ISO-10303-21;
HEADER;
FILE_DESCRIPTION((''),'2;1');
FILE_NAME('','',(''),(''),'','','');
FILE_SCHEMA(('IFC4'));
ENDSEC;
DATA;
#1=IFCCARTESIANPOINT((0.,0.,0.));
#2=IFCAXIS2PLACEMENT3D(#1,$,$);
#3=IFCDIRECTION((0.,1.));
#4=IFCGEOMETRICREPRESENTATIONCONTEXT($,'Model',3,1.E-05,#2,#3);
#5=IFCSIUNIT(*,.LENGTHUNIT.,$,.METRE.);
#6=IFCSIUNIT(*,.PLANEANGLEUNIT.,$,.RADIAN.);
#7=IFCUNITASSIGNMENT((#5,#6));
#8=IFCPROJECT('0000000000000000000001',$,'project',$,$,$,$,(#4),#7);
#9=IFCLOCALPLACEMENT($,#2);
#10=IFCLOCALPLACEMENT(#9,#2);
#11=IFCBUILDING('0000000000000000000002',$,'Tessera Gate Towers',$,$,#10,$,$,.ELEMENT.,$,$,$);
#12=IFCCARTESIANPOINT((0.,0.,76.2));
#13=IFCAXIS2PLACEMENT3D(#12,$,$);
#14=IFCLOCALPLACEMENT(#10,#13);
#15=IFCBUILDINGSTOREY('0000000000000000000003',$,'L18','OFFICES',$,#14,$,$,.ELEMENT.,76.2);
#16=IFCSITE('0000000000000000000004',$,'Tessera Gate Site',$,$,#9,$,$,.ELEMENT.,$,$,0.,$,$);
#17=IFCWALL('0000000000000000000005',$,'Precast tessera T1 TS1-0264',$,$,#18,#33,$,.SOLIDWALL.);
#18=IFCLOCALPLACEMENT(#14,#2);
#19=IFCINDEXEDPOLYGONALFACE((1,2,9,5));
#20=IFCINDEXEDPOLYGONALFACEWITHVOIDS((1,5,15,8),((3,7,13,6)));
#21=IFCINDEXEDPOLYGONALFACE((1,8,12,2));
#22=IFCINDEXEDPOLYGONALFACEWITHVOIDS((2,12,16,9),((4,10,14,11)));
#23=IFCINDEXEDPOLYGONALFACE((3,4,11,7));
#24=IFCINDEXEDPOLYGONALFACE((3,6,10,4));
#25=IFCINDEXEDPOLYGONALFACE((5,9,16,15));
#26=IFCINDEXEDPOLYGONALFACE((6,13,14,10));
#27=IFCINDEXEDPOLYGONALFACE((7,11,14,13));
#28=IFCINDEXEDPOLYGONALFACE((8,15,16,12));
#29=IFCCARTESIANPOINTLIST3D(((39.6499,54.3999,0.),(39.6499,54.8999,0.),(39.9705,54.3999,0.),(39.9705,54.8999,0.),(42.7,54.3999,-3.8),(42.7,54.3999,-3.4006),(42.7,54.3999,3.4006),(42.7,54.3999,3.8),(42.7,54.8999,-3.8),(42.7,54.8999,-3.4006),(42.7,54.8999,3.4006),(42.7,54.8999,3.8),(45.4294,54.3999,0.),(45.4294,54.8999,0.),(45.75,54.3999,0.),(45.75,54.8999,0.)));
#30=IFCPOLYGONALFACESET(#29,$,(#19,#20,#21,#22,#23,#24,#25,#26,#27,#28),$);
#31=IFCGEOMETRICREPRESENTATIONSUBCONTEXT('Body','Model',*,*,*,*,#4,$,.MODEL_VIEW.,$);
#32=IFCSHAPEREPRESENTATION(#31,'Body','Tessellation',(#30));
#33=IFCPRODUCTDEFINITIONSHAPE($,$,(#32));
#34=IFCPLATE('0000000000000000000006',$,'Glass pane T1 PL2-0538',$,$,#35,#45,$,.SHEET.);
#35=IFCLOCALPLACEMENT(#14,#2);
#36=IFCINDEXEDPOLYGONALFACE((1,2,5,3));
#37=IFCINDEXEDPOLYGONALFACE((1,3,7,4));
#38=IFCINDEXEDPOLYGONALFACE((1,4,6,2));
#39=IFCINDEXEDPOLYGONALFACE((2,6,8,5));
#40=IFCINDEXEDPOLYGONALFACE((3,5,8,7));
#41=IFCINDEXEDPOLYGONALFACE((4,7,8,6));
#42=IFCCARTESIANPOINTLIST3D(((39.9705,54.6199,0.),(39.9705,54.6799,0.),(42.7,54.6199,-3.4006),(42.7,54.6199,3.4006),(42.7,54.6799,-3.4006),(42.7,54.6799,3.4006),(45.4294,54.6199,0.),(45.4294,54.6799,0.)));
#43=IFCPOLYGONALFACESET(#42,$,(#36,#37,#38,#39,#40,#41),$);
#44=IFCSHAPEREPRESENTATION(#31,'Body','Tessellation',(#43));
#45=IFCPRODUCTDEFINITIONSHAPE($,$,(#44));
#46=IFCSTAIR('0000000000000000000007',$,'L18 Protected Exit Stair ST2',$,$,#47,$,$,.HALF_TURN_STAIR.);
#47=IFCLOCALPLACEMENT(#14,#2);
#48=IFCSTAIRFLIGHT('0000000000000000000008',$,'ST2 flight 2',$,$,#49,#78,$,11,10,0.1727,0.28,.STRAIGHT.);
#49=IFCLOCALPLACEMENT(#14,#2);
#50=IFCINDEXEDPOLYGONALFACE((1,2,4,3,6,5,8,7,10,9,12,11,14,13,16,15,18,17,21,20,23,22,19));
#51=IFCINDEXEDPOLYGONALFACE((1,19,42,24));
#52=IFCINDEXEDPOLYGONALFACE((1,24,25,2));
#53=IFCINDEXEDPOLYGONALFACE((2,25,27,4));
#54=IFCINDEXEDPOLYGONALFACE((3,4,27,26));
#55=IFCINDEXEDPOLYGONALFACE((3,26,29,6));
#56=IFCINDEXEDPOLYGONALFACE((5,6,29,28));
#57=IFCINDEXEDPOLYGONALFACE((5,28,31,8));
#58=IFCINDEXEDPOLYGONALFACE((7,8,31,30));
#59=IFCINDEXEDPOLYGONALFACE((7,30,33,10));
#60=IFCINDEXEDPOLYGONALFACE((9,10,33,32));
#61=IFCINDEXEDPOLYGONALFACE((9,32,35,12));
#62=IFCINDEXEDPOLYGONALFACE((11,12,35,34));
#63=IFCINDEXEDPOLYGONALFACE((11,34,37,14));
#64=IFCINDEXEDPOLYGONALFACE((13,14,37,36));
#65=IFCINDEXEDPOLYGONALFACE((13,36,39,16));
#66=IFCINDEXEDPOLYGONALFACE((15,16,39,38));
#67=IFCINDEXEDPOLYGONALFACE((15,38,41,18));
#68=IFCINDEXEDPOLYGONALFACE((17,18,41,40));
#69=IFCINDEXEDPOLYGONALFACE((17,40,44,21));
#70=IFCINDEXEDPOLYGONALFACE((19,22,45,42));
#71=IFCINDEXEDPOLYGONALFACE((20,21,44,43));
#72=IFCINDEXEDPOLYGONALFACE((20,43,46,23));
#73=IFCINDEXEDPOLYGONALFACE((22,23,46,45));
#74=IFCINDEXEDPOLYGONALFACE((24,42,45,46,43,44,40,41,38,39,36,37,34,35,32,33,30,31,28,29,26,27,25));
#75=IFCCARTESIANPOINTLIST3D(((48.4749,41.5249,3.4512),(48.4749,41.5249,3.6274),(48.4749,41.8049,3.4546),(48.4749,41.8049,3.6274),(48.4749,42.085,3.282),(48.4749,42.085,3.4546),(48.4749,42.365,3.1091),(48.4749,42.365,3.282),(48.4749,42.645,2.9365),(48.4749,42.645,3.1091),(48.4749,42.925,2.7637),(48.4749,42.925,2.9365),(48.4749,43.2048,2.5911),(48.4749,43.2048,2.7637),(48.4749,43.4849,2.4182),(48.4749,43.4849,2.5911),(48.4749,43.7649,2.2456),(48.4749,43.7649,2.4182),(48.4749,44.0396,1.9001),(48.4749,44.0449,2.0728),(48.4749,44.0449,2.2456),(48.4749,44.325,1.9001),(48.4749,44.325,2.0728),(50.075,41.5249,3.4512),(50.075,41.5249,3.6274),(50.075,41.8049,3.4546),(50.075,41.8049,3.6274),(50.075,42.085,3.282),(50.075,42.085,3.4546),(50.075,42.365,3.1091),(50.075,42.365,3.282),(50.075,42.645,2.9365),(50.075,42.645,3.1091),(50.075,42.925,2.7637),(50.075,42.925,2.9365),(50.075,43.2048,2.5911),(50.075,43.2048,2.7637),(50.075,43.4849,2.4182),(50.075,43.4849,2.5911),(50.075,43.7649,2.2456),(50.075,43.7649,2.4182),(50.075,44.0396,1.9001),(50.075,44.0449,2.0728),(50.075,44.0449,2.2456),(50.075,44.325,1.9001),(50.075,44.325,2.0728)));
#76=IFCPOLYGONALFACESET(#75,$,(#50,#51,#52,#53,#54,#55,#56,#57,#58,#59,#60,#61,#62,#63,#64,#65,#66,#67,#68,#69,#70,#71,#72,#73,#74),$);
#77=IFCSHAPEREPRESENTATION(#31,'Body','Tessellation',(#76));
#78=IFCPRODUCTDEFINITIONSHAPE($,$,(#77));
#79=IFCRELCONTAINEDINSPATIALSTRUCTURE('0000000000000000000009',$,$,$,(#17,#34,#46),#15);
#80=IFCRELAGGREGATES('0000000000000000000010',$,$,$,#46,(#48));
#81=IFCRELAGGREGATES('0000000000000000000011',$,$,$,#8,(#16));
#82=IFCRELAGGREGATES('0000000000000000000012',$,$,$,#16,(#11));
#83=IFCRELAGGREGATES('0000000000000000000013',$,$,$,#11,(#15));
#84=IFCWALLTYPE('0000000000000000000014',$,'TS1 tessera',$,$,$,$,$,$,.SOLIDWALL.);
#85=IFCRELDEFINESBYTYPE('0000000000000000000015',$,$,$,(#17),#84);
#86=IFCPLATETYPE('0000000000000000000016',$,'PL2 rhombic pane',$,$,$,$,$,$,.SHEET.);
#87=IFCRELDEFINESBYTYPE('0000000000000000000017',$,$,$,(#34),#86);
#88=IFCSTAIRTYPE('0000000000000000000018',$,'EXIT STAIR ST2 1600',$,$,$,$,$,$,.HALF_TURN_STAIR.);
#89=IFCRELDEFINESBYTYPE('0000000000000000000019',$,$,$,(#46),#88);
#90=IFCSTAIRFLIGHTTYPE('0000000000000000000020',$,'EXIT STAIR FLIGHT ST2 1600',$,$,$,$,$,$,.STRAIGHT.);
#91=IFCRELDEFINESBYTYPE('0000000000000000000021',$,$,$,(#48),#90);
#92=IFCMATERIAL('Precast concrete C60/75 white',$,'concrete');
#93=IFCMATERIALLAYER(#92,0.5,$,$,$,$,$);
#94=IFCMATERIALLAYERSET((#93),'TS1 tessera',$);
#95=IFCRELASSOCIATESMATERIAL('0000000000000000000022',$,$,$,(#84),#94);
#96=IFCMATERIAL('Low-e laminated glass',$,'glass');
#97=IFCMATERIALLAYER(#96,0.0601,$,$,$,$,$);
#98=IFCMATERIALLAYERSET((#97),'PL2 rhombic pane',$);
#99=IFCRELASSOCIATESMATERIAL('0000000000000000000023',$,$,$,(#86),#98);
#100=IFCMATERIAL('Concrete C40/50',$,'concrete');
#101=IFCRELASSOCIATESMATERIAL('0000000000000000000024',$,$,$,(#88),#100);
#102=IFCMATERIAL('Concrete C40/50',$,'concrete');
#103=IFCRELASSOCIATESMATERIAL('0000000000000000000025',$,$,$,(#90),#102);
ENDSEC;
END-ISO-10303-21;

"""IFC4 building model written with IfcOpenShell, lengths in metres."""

from ifc_helpers import new_model, si_unit, direction, frame, origin, place, context, subcontext, project, spatial, polyline, outline, extrude, source, transform, mapped, material, layer, layer_set, type_object, element, fill, aggregate, save


model = new_model("IFC4")

# Units and contexts
model_context = context("Model", 3, precision=1e-05, world=origin(), true_north=direction((0.0, 1.0)))
body_context = subcontext(model_context, "Body", "Model", "MODEL_VIEW")
ifc_project = project(units=[si_unit("LENGTHUNIT", "METRE"), si_unit("PLANEANGLEUNIT", "RADIAN")], contexts=[model_context])

# Site, building, storey
site_placement = place(None, origin())
site = spatial("IfcSite", under=ifc_project, at=site_placement, Name="Tessera Gate Site", CompositionType="ELEMENT", RefElevation=0.0)
building_placement = place(site_placement, origin())
building = spatial("IfcBuilding", under=site, at=building_placement, Name="Tessera Gate Towers", CompositionType="ELEMENT")
storey_placement = place(building_placement, frame((0.0, 0.0, 76.2)))
storey = spatial("IfcBuildingStorey", under=building, at=storey_placement, Name="L18", Description="OFFICES", CompositionType="ELEMENT", Elevation=76.2)

# Wall, opening, plate
ifc_material_1 = material(Name="Precast concrete C60/75 white", Category="concrete")
ifc_layer_1 = layer(ifc_material_1, 0.5)
ifc_layer_set_1 = layer_set([ifc_layer_1], Name="TS1 tessera")
wall_type_1 = type_object("IfcWallType", Name="TS1 tessera", PredefinedType="SOLIDWALL", material=ifc_layer_set_1)
shared_shape_1 = source(origin(), body_context, "Body", "SweptSolid", [
    extrude(outline(polyline([(3.05, 0.0), (6.1001, 3.8), (3.05, 7.6001), (0.0, 3.8), (3.05, 0.0)])), frame((0.0, 0.25, 0.0), z_axis=(0.0, -1.0, 0.0), x_axis=(1.0, 0.0, 0.0)), (0.0, 0.0, 1.0), 0.5),
])
wall_1_placement = place(storey_placement, frame((45.75, 54.6499, -3.8), z_axis=(0.0, 0.0, 1.0), x_axis=(-1.0, 0.0, 0.0)))
wall_1 = element("IfcWall", 1, at=wall_1_placement, inside=storey, type_object=wall_type_1, Name="Precast tessera T1 TS1-0264", PredefinedType="SOLIDWALL", context=body_context, shape_type="MappedRepresentation", body=[
    mapped(shared_shape_1, transform((0.0, 0.0, 0.0), scale=1.0)),
])
shared_shape_2 = source(origin(), body_context, "Body", "SweptSolid", [
    extrude(outline(polyline([(3.05, 0.3994), (5.7795, 3.8), (3.05, 7.2007), (0.3206, 3.8), (3.05, 0.3994)])), frame((0.0, 0.26, 0.0), z_axis=(0.0, -1.0, 0.0), x_axis=(1.0, 0.0, 0.0)), (0.0, 0.0, 1.0), 0.52),
])
opening_1_placement = place(wall_1_placement, origin())
opening_1 = element("IfcOpeningElement", 2, at=opening_1_placement, cuts=wall_1, PredefinedType="OPENING", context=body_context, shape_type="MappedRepresentation", body=[
    mapped(shared_shape_2, transform((0.0, 0.0, 0.0), scale=1.0)),
])
ifc_material_2 = material(Name="Low-e laminated glass", Category="glass")
ifc_layer_2 = layer(ifc_material_2, 0.0601)
ifc_layer_set_2 = layer_set([ifc_layer_2], Name="PL2 rhombic pane")
plate_type = type_object("IfcPlateType", Name="PL2 rhombic pane", PredefinedType="SHEET", material=ifc_layer_set_2)
shared_shape_3 = source(origin(), body_context, "Body", "SweptSolid", [
    extrude(outline(polyline([(3.05, 0.3994), (5.7795, 3.8), (3.05, 7.2007), (0.3206, 3.8), (3.05, 0.3994)])), frame((0.0, 0.03, 0.0), z_axis=(0.0, -1.0, 0.0), x_axis=(1.0, 0.0, 0.0)), (0.0, 0.0, 1.0), 0.0601),
])
plate_placement = place(opening_1_placement, origin())
plate = element("IfcPlate", 3, at=plate_placement, inside=storey, type_object=plate_type, Name="Glass pane T1 PL2-0538", PredefinedType="SHEET", context=body_context, shape_type="MappedRepresentation", body=[
    mapped(shared_shape_3, transform((0.0, 0.0, 0.0), scale=1.0)),
])
fill(opening_1, plate)

# Stair, stair flight
ifc_material_3 = material(Name="Concrete C40/50", Category="concrete")
stair_type = type_object("IfcStairType", Name="EXIT STAIR ST2 1600", PredefinedType="HALF_TURN_STAIR", material=ifc_material_3)
stair_placement = place(storey_placement, origin())
stair = element("IfcStair", 4, at=stair_placement, inside=storey, type_object=stair_type, Name="L18 Protected Exit Stair ST2", PredefinedType="HALF_TURN_STAIR")
ifc_material_4 = material(Name="Concrete C40/50", Category="concrete")
stair_flight_type = type_object("IfcStairFlightType", Name="EXIT STAIR FLIGHT ST2 1600", PredefinedType="STRAIGHT", material=ifc_material_4)
stair_flight_placement = place(storey_placement, frame((49.2749, 44.325, 1.9001), z_axis=(0.0, 0.0, 1.0), x_axis=(0.0, -1.0, 0.0)))
stair_flight = element("IfcStairFlight", 5, at=stair_flight_placement, type_object=stair_flight_type, Name="ST2 flight 2", NumberOfRisers=11, NumberOfTreads=10, PredefinedType="STRAIGHT", RiserHeight=0.1727, TreadLength=0.28, context=body_context, shape_type="SweptSolid", body=[
    extrude(outline(polyline([(0.0, 0.0), (0.0, 0.1726), (0.28, 0.1726), (0.28, 0.3455), (0.5601, 0.3455), (0.5601, 0.5181), (0.8401, 0.5181), (0.8401, 0.6909), (1.1201, 0.6909), (1.1201, 0.8635), (1.3999, 0.8635), (1.3999, 1.0364), (1.6799, 1.0364), (1.6799, 1.209), (1.96, 1.209), (1.96, 1.3818), (2.24, 1.3818), (2.24, 1.5544), (2.52, 1.5544), (2.52, 1.7273), (2.8, 1.7273), (2.8, 1.8999), (2.8, 1.551), (0.2854, 0.0), (0.0, 0.0)])), frame((0.0, 0.8, 0.0), z_axis=(0.0, -1.0, 0.0), x_axis=(1.0, 0.0, 0.0)), (0.0, 0.0, 1.0), 1.6001),
])
aggregate(stair, [stair_flight])

save(model, "model.ifc")
